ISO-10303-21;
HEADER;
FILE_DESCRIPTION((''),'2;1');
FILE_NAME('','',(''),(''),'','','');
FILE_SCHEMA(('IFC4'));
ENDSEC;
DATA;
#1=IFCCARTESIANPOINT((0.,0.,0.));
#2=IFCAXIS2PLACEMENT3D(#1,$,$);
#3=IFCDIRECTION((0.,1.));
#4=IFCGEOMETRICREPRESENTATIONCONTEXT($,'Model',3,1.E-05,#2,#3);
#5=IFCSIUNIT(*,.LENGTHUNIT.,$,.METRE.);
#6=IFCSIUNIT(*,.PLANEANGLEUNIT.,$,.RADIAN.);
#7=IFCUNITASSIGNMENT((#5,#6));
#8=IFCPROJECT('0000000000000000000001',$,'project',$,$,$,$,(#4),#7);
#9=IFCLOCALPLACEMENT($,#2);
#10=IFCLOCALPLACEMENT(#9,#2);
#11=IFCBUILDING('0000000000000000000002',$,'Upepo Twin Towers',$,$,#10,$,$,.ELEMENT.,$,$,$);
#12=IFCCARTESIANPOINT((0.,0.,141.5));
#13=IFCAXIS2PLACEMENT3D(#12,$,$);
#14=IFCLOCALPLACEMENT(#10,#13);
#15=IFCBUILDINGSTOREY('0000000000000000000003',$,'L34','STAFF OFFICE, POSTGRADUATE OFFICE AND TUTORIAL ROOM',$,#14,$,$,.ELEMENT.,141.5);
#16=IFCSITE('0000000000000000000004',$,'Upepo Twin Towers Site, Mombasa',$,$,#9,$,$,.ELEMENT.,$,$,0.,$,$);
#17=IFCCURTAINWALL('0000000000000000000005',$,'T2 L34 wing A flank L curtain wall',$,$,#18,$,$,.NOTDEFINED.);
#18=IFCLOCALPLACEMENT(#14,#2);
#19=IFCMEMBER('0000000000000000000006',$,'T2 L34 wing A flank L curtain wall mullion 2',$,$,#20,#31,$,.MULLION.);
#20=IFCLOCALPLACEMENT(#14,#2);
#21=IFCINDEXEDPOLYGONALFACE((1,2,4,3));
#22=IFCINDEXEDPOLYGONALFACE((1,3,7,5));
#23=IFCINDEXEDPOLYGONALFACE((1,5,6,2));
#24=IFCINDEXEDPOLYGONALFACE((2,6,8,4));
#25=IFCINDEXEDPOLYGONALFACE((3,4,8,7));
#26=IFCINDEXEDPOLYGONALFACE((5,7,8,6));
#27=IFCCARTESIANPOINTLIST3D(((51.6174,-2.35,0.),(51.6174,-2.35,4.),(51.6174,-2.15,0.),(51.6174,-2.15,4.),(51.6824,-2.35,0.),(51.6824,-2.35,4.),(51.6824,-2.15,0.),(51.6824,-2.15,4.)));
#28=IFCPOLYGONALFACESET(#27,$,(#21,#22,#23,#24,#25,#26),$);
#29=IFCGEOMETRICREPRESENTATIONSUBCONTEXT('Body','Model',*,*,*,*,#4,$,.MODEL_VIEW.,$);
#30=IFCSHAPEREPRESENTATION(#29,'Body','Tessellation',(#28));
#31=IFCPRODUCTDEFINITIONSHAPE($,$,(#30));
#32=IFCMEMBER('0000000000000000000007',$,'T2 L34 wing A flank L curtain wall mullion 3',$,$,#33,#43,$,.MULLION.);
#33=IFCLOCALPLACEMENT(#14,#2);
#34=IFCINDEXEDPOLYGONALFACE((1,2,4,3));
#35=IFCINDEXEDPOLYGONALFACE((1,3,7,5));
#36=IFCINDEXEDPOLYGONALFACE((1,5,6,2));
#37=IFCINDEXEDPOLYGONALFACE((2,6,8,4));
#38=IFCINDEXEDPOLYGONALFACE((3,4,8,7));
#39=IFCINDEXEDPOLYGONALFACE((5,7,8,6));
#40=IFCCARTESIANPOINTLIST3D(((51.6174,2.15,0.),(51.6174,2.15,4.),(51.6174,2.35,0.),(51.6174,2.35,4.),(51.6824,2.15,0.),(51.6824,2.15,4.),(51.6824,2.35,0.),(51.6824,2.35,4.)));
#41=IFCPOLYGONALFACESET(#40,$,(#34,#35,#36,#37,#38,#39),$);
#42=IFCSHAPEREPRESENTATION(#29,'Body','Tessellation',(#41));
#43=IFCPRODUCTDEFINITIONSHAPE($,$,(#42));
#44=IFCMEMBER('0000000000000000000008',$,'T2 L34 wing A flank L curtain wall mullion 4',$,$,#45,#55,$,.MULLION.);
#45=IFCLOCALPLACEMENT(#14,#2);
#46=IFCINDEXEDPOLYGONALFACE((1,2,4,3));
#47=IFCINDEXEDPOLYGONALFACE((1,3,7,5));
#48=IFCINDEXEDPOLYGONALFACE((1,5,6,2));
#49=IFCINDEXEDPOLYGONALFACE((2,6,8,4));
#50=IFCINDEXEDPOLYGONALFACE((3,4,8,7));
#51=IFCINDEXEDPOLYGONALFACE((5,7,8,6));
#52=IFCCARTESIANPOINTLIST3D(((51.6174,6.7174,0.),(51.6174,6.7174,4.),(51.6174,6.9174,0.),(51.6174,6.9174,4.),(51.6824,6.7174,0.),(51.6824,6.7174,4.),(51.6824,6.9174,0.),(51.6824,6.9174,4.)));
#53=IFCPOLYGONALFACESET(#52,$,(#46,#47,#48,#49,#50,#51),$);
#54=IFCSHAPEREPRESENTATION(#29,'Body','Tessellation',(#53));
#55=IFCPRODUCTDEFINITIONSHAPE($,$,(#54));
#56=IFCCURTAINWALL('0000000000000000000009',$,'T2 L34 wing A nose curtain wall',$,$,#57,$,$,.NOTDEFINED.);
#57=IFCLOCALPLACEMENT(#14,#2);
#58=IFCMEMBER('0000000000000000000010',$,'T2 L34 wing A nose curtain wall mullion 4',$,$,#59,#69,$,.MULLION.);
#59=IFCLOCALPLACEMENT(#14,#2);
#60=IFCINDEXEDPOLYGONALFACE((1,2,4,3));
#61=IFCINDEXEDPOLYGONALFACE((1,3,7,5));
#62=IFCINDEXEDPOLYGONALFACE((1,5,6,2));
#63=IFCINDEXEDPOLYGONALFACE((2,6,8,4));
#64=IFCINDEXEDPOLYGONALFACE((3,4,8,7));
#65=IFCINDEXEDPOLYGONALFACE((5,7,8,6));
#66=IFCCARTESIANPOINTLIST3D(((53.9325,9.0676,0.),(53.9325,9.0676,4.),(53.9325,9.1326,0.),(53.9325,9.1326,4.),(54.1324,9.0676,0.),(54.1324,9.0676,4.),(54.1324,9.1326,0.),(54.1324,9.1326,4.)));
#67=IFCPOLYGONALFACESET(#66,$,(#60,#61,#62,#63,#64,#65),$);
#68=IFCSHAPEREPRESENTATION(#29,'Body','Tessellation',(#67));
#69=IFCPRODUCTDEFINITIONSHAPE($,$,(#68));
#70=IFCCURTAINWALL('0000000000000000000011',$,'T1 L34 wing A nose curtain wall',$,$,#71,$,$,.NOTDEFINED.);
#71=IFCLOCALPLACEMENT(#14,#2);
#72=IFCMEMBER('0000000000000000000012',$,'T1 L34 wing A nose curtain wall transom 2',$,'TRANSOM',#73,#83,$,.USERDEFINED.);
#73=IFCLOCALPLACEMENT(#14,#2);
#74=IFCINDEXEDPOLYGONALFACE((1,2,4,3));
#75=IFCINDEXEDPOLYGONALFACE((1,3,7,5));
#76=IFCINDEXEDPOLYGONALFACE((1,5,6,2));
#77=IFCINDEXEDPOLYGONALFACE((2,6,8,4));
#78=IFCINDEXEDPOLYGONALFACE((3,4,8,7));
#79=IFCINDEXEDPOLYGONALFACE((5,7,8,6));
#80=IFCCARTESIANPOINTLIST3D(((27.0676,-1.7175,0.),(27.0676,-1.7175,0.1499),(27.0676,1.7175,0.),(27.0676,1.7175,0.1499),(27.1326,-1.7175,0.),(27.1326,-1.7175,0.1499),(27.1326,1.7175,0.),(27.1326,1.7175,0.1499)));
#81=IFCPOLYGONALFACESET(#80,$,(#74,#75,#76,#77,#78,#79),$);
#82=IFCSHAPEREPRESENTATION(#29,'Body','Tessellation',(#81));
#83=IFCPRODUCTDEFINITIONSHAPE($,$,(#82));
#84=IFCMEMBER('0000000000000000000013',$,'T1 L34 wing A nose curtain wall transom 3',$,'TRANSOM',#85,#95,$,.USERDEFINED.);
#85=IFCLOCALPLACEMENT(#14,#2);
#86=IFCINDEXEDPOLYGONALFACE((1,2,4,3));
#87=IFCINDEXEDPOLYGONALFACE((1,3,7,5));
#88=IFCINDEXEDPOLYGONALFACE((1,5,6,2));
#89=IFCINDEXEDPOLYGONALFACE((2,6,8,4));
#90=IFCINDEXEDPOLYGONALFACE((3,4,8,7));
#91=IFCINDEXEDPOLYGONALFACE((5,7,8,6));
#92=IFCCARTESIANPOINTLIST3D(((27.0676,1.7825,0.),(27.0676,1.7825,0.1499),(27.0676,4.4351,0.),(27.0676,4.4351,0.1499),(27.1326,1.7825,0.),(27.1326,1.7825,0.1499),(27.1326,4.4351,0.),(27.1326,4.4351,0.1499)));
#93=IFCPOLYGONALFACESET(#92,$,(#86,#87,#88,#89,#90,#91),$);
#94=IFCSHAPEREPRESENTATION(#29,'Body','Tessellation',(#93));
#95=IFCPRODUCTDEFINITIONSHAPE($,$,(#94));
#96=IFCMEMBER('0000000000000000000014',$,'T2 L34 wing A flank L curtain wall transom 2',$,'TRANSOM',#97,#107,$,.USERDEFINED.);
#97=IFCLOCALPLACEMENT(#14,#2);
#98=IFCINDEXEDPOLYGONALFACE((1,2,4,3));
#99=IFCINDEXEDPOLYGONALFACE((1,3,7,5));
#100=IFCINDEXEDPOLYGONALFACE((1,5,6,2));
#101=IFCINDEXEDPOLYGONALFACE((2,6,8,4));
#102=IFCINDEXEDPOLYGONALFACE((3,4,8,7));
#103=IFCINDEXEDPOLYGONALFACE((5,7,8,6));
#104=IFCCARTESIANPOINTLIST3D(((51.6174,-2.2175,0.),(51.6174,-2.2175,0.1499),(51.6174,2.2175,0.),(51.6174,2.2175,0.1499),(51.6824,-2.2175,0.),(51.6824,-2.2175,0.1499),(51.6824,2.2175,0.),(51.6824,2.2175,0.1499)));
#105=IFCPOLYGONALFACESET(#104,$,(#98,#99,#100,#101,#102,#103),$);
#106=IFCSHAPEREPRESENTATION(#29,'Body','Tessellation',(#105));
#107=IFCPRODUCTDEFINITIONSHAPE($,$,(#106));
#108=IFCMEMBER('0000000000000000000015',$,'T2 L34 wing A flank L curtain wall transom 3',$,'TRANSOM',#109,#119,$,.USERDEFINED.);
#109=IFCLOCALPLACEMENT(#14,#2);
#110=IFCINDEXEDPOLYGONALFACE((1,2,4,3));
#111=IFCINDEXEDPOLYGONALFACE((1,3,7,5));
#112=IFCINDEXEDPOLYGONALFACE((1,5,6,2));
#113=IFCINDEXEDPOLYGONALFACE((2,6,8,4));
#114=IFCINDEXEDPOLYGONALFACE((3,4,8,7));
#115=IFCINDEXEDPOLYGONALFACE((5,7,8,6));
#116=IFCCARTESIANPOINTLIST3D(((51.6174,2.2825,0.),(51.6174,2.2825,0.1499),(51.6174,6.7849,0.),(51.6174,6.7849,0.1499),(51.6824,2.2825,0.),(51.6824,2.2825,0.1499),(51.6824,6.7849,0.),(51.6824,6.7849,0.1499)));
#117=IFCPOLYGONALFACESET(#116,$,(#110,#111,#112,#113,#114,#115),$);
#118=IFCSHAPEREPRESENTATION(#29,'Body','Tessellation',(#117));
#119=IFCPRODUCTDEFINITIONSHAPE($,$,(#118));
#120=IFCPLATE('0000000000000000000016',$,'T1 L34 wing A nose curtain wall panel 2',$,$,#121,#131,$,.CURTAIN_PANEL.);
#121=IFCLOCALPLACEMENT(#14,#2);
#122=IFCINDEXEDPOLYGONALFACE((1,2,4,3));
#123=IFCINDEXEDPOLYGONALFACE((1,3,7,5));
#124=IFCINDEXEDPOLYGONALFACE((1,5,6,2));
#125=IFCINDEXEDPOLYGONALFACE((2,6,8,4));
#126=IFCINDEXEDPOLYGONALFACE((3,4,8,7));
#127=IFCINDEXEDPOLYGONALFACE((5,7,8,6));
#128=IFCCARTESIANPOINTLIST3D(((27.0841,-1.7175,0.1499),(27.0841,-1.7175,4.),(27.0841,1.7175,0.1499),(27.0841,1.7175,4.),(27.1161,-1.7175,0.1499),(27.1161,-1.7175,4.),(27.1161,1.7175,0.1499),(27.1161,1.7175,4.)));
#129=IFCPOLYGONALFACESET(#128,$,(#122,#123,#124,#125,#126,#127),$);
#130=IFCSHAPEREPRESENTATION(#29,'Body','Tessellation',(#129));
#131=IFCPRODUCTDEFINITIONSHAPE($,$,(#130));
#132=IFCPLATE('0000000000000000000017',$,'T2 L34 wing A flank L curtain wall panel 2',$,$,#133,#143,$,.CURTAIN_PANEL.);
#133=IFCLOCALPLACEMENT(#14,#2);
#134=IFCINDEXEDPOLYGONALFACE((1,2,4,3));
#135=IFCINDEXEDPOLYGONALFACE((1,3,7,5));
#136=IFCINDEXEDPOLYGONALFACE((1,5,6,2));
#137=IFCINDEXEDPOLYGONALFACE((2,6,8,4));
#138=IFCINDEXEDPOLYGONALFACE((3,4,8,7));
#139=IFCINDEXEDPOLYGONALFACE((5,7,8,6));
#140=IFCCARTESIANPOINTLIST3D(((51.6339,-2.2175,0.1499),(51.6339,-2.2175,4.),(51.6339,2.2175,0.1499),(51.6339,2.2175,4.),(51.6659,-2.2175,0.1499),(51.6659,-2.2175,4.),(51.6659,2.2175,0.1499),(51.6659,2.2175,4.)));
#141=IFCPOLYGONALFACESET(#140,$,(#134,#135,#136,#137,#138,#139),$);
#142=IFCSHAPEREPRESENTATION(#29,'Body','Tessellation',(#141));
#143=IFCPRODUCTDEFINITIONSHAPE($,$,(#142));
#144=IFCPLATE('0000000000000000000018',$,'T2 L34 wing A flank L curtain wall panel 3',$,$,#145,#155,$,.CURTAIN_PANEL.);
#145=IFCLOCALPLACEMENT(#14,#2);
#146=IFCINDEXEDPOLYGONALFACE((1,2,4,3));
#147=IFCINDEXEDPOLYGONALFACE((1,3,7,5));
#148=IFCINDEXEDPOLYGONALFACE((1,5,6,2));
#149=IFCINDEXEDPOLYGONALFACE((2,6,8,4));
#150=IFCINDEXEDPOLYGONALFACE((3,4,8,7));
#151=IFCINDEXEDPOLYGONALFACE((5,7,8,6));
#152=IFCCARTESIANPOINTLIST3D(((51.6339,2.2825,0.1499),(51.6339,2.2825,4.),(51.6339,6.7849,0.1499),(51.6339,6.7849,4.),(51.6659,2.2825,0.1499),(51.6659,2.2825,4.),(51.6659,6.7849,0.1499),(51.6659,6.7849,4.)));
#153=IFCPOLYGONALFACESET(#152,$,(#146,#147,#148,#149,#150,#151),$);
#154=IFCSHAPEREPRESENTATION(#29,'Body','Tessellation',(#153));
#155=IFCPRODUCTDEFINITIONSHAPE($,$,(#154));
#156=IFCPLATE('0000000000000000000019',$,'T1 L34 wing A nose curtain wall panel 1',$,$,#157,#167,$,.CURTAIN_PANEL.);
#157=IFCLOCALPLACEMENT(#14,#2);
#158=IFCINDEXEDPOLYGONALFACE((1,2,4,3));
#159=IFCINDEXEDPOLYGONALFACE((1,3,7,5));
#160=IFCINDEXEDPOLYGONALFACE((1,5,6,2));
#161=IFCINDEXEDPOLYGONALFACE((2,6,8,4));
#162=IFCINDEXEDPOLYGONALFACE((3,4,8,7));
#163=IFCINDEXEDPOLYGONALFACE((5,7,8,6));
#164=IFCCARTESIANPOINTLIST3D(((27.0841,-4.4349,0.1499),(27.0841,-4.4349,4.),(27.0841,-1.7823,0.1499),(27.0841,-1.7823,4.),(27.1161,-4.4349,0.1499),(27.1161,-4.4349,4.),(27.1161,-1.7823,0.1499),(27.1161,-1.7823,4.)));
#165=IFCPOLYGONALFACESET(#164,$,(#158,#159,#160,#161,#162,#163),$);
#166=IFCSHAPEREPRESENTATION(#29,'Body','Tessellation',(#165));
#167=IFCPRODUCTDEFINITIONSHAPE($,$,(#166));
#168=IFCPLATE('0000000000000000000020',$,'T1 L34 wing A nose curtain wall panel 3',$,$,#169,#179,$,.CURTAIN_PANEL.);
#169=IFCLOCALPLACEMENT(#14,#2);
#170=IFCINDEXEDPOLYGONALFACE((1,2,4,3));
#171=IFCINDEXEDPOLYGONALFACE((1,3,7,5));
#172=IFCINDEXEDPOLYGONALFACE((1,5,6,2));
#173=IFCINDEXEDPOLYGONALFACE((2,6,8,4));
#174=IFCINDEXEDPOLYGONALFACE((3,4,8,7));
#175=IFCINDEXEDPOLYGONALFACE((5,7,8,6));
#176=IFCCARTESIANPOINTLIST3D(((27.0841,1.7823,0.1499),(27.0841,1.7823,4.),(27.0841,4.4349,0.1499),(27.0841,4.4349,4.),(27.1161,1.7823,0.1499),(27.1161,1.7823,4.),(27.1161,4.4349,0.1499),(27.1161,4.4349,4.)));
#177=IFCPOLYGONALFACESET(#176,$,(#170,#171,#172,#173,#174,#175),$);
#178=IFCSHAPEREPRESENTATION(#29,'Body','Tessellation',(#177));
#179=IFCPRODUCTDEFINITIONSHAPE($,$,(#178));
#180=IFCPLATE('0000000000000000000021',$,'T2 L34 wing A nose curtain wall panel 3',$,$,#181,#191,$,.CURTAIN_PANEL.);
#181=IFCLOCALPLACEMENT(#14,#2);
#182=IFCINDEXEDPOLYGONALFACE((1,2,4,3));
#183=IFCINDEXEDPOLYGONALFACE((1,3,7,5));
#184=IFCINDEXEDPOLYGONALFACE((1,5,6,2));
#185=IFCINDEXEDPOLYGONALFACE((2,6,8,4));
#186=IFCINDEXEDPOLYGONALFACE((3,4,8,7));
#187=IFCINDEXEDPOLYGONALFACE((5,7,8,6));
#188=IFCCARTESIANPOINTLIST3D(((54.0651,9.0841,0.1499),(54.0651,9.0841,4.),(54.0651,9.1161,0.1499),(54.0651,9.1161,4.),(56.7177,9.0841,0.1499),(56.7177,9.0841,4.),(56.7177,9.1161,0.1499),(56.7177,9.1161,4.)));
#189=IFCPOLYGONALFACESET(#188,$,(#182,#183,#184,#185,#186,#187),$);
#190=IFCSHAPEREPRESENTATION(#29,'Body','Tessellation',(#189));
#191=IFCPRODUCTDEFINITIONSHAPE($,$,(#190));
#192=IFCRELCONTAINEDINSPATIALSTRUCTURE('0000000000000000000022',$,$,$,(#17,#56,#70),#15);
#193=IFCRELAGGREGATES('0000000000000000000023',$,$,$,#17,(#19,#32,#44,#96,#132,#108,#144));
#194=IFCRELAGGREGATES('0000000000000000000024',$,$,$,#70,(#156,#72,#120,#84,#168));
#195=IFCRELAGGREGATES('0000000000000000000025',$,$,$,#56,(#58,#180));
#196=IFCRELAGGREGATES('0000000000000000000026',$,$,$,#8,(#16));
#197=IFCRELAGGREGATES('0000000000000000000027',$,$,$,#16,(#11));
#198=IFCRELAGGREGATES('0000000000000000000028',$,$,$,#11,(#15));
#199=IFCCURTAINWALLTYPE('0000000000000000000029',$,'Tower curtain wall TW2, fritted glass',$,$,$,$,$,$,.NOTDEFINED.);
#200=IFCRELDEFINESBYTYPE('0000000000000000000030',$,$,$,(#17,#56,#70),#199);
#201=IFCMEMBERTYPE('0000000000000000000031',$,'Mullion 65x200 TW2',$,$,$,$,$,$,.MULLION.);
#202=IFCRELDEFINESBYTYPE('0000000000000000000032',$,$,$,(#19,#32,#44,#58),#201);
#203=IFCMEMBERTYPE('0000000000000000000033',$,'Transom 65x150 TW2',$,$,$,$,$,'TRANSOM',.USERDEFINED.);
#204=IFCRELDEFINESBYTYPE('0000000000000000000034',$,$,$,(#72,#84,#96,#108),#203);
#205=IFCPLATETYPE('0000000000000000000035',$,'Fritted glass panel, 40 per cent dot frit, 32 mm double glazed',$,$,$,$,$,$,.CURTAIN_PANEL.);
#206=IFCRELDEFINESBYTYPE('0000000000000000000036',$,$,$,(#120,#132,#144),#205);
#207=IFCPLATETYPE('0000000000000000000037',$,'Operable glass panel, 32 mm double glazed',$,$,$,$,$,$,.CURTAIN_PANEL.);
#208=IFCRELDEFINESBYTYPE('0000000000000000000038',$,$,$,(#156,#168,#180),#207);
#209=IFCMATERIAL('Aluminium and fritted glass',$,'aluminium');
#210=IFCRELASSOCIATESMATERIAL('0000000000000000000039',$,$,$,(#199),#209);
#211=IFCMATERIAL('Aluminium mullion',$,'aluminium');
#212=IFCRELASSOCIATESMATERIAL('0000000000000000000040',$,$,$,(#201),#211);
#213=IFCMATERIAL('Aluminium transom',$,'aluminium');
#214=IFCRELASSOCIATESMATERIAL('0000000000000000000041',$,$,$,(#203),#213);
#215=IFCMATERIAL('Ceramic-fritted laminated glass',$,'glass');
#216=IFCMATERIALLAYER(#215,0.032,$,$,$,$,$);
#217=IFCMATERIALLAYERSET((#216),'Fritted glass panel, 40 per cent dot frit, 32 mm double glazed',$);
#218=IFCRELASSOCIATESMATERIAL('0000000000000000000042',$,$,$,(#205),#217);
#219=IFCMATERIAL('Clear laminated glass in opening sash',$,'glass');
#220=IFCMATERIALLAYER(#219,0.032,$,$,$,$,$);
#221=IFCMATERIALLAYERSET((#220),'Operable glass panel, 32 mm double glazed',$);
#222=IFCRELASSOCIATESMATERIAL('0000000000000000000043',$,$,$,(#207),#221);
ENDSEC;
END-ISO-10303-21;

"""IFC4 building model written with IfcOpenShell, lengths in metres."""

from ifc_helpers import new_model, si_unit, direction, frame, origin, origin_2d, place, context, subcontext, project, spatial, rectangle, extrude, material, layer, layer_set, material_profile, profile_set, type_object, element, aggregate, save


model = new_model("IFC4")

# Units and contexts
model_context = context("Model", 3, precision=1e-05, world=origin(), true_north=direction((0.0, 1.0)))
body_context = subcontext(model_context, "Body", "Model", "MODEL_VIEW")
ifc_project = project(units=[si_unit("LENGTHUNIT", "METRE"), si_unit("PLANEANGLEUNIT", "RADIAN")], contexts=[model_context])

# Site, building, storey
site_placement = place(None, origin())
site = spatial("IfcSite", under=ifc_project, at=site_placement, Name="Upepo Twin Towers Site, Mombasa", CompositionType="ELEMENT", RefElevation=0.0)
building_placement = place(site_placement, origin())
building = spatial("IfcBuilding", under=site, at=building_placement, Name="Upepo Twin Towers", CompositionType="ELEMENT")
storey_placement = place(building_placement, frame((0.0, 0.0, 141.5)))
storey = spatial("IfcBuildingStorey", under=building, at=storey_placement, Name="L34", Description="STAFF OFFICE, POSTGRADUATE OFFICE AND TUTORIAL ROOM", CompositionType="ELEMENT", Elevation=141.5)

# Curtain wall, members
ifc_material_1 = material(Name="Aluminium and fritted glass", Category="aluminium")
curtain_wall_type = type_object("IfcCurtainWallType", Name="Tower curtain wall TW2, fritted glass", PredefinedType="NOTDEFINED", material=ifc_material_1)
curtain_wall_1_placement = place(storey_placement, origin())
curtain_wall_1 = element("IfcCurtainWall", 1, at=curtain_wall_1_placement, inside=storey, type_object=curtain_wall_type, Name="T2 L34 wing A flank L curtain wall", PredefinedType="NOTDEFINED")
ifc_material_2 = material(Name="Aluminium mullion", Category="aluminium")
ifc_material_profile_1 = material_profile(ifc_material_2, rectangle(XDim=0.0649, YDim=0.2, at=origin_2d()), Name="MULLION 65x200")
ifc_profile_set_1 = profile_set([ifc_material_profile_1], Name="Aluminium mullion")
member_type_1 = type_object("IfcMemberType", Name="Mullion 65x200 TW2", PredefinedType="MULLION", material=ifc_profile_set_1)
member_1_placement = place(storey_placement, frame((51.6499, -2.25, 0.0), z_axis=(0.0, 0.0, 1.0), x_axis=(-1.0, 0.0, 0.0)))
member_1 = element("IfcMember", 2, at=member_1_placement, type_object=member_type_1, Name="T2 L34 wing A flank L curtain wall mullion 2", PredefinedType="MULLION", context=body_context, shape_type="SweptSolid", body=[
    extrude(rectangle(XDim=0.0649, YDim=0.2, at=origin_2d()), origin(), (0.0, 0.0, 1.0), 4.0),
])
member_2_placement = place(storey_placement, frame((51.6499, 2.25, 0.0), z_axis=(0.0, 0.0, 1.0), x_axis=(-1.0, 0.0, 0.0)))
member_2 = element("IfcMember", 3, at=member_2_placement, type_object=member_type_1, Name="T2 L34 wing A flank L curtain wall mullion 3", PredefinedType="MULLION", context=body_context, shape_type="SweptSolid", body=[
    extrude(rectangle(XDim=0.0649, YDim=0.2, at=origin_2d()), origin(), (0.0, 0.0, 1.0), 4.0),
])
member_3_placement = place(storey_placement, frame((51.6499, 6.8174, 0.0), z_axis=(0.0, 0.0, 1.0), x_axis=(-1.0, 0.0, 0.0)))
member_3 = element("IfcMember", 4, at=member_3_placement, type_object=member_type_1, Name="T2 L34 wing A flank L curtain wall mullion 4", PredefinedType="MULLION", context=body_context, shape_type="SweptSolid", body=[
    extrude(rectangle(XDim=0.0649, YDim=0.2, at=origin_2d()), origin(), (0.0, 0.0, 1.0), 4.0),
])

# Curtain wall, member
curtain_wall_2_placement = place(storey_placement, origin())
curtain_wall_2 = element("IfcCurtainWall", 5, at=curtain_wall_2_placement, inside=storey, type_object=curtain_wall_type, Name="T2 L34 wing A nose curtain wall", PredefinedType="NOTDEFINED")
member_4_placement = place(storey_placement, frame((54.0325, 9.1001, 0.0), z_axis=(0.0, 0.0, 1.0), x_axis=(0.0, -1.0, 0.0)))
member_4 = element("IfcMember", 6, at=member_4_placement, type_object=member_type_1, Name="T2 L34 wing A nose curtain wall mullion 4", PredefinedType="MULLION", context=body_context, shape_type="SweptSolid", body=[
    extrude(rectangle(XDim=0.0649, YDim=0.2, at=origin_2d()), origin(), (0.0, 0.0, 1.0), 4.0),
])

# Curtain wall, members
curtain_wall_3_placement = place(storey_placement, origin())
curtain_wall_3 = element("IfcCurtainWall", 7, at=curtain_wall_3_placement, inside=storey, type_object=curtain_wall_type, Name="T1 L34 wing A nose curtain wall", PredefinedType="NOTDEFINED")
ifc_material_3 = material(Name="Aluminium transom", Category="aluminium")
ifc_material_profile_2 = material_profile(ifc_material_3, rectangle(XDim=0.0649, YDim=0.1499, at=origin_2d()), Name="TRANSOM 65x150")
ifc_profile_set_2 = profile_set([ifc_material_profile_2], Name="Aluminium transom")
member_type_2 = type_object("IfcMemberType", Name="Transom 65x150 TW2", ElementType="TRANSOM", PredefinedType="USERDEFINED", material=ifc_profile_set_2)
member_5_placement = place(storey_placement, frame((27.1001, -1.7175, 0.075), z_axis=(0.0, 1.0, 0.0), x_axis=(-1.0, 0.0, 0.0)))
member_5 = element("IfcMember", 8, at=member_5_placement, type_object=member_type_2, Name="T1 L34 wing A nose curtain wall transom 2", ObjectType="TRANSOM", PredefinedType="USERDEFINED", context=body_context, shape_type="SweptSolid", body=[
    extrude(rectangle(XDim=0.0649, YDim=0.1499, at=origin_2d()), origin(), (0.0, 0.0, 1.0), 3.4351),
])
member_6_placement = place(storey_placement, frame((27.1001, 1.7825, 0.075), z_axis=(0.0, 1.0, 0.0), x_axis=(-1.0, 0.0, 0.0)))
member_6 = element("IfcMember", 9, at=member_6_placement, type_object=member_type_2, Name="T1 L34 wing A nose curtain wall transom 3", ObjectType="TRANSOM", PredefinedType="USERDEFINED", context=body_context, shape_type="SweptSolid", body=[
    extrude(rectangle(XDim=0.0649, YDim=0.1499, at=origin_2d()), origin(), (0.0, 0.0, 1.0), 2.6526),
])

# Members
member_7_placement = place(storey_placement, frame((51.6499, -2.2175, 0.075), z_axis=(0.0, 1.0, 0.0), x_axis=(-1.0, 0.0, 0.0)))
member_7 = element("IfcMember", 10, at=member_7_placement, type_object=member_type_2, Name="T2 L34 wing A flank L curtain wall transom 2", ObjectType="TRANSOM", PredefinedType="USERDEFINED", context=body_context, shape_type="SweptSolid", body=[
    extrude(rectangle(XDim=0.0649, YDim=0.1499, at=origin_2d()), origin(), (0.0, 0.0, 1.0), 4.4351),
])
member_8_placement = place(storey_placement, frame((51.6499, 2.2825, 0.075), z_axis=(0.0, 1.0, 0.0), x_axis=(-1.0, 0.0, 0.0)))
member_8 = element("IfcMember", 11, at=member_8_placement, type_object=member_type_2, Name="T2 L34 wing A flank L curtain wall transom 3", ObjectType="TRANSOM", PredefinedType="USERDEFINED", context=body_context, shape_type="SweptSolid", body=[
    extrude(rectangle(XDim=0.0649, YDim=0.1499, at=origin_2d()), origin(), (0.0, 0.0, 1.0), 4.5024),
])

# Plates
ifc_material_4 = material(Name="Ceramic-fritted laminated glass", Category="glass")
ifc_layer_1 = layer(ifc_material_4, 0.032)
ifc_layer_set_1 = layer_set([ifc_layer_1], Name="Fritted glass panel, 40 per cent dot frit, 32 mm double glazed")
plate_type_1 = type_object("IfcPlateType", Name="Fritted glass panel, 40 per cent dot frit, 32 mm double glazed", PredefinedType="CURTAIN_PANEL", material=ifc_layer_set_1)
plate_1_placement = place(storey_placement, frame((27.1001, 0.0, 0.1499), z_axis=(0.0, 0.0, 1.0), x_axis=(0.0, 1.0, 0.0)))
plate_1 = element("IfcPlate", 12, at=plate_1_placement, type_object=plate_type_1, Name="T1 L34 wing A nose curtain wall panel 2", PredefinedType="CURTAIN_PANEL", context=body_context, shape_type="SweptSolid", body=[
    extrude(rectangle(XDim=3.4351, YDim=0.032, at=origin_2d()), origin(), (0.0, 0.0, 1.0), 3.8501),
])
plate_2_placement = place(storey_placement, frame((51.6499, 0.0, 0.1499), z_axis=(0.0, 0.0, 1.0), x_axis=(0.0, 1.0, 0.0)))
plate_2 = element("IfcPlate", 13, at=plate_2_placement, type_object=plate_type_1, Name="T2 L34 wing A flank L curtain wall panel 2", PredefinedType="CURTAIN_PANEL", context=body_context, shape_type="SweptSolid", body=[
    extrude(rectangle(XDim=4.4351, YDim=0.032, at=origin_2d()), origin(), (0.0, 0.0, 1.0), 3.8501),
])
plate_3_placement = place(storey_placement, frame((51.6499, 4.5337, 0.1499), z_axis=(0.0, 0.0, 1.0), x_axis=(0.0, 1.0, 0.0)))
plate_3 = element("IfcPlate", 14, at=plate_3_placement, type_object=plate_type_1, Name="T2 L34 wing A flank L curtain wall panel 3", PredefinedType="CURTAIN_PANEL", context=body_context, shape_type="SweptSolid", body=[
    extrude(rectangle(XDim=4.5024, YDim=0.032, at=origin_2d()), origin(), (0.0, 0.0, 1.0), 3.8501),
])
aggregate(curtain_wall_1, [member_1, member_2, member_3, member_7, plate_2, member_8, plate_3])
ifc_material_5 = material(Name="Clear laminated glass in opening sash", Category="glass")
ifc_layer_2 = layer(ifc_material_5, 0.032)
ifc_layer_set_2 = layer_set([ifc_layer_2], Name="Operable glass panel, 32 mm double glazed")
plate_type_2 = type_object("IfcPlateType", Name="Operable glass panel, 32 mm double glazed", PredefinedType="CURTAIN_PANEL", material=ifc_layer_set_2)
plate_4_placement = place(storey_placement, frame((27.1001, -3.1086, 0.1499), z_axis=(0.0, 0.0, 1.0), x_axis=(0.0, 1.0, 0.0)))
plate_4 = element("IfcPlate", 15, at=plate_4_placement, type_object=plate_type_2, Name="T1 L34 wing A nose curtain wall panel 1", PredefinedType="CURTAIN_PANEL", context=body_context, shape_type="SweptSolid", body=[
    extrude(rectangle(XDim=2.6526, YDim=0.032, at=origin_2d()), origin(), (0.0, 0.0, 1.0), 3.8501),
])
plate_5_placement = place(storey_placement, frame((27.1001, 3.1086, 0.1499), z_axis=(0.0, 0.0, 1.0), x_axis=(0.0, 1.0, 0.0)))
plate_5 = element("IfcPlate", 16, at=plate_5_placement, type_object=plate_type_2, Name="T1 L34 wing A nose curtain wall panel 3", PredefinedType="CURTAIN_PANEL", context=body_context, shape_type="SweptSolid", body=[
    extrude(rectangle(XDim=2.6526, YDim=0.032, at=origin_2d()), origin(), (0.0, 0.0, 1.0), 3.8501),
])
aggregate(curtain_wall_3, [plate_4, member_5, plate_1, member_6, plate_5])
plate_6_placement = place(storey_placement, frame((55.3914, 9.1001, 0.1499), z_axis=(0.0, 0.0, 1.0), x_axis=(-1.0, 0.0, 0.0)))
plate_6 = element("IfcPlate", 17, at=plate_6_placement, type_object=plate_type_2, Name="T2 L34 wing A nose curtain wall panel 3", PredefinedType="CURTAIN_PANEL", context=body_context, shape_type="SweptSolid", body=[
    extrude(rectangle(XDim=2.6526, YDim=0.032, at=origin_2d()), origin(), (0.0, 0.0, 1.0), 3.8501),
])
aggregate(curtain_wall_2, [member_4, plate_6])

save(model, "model.ifc")
